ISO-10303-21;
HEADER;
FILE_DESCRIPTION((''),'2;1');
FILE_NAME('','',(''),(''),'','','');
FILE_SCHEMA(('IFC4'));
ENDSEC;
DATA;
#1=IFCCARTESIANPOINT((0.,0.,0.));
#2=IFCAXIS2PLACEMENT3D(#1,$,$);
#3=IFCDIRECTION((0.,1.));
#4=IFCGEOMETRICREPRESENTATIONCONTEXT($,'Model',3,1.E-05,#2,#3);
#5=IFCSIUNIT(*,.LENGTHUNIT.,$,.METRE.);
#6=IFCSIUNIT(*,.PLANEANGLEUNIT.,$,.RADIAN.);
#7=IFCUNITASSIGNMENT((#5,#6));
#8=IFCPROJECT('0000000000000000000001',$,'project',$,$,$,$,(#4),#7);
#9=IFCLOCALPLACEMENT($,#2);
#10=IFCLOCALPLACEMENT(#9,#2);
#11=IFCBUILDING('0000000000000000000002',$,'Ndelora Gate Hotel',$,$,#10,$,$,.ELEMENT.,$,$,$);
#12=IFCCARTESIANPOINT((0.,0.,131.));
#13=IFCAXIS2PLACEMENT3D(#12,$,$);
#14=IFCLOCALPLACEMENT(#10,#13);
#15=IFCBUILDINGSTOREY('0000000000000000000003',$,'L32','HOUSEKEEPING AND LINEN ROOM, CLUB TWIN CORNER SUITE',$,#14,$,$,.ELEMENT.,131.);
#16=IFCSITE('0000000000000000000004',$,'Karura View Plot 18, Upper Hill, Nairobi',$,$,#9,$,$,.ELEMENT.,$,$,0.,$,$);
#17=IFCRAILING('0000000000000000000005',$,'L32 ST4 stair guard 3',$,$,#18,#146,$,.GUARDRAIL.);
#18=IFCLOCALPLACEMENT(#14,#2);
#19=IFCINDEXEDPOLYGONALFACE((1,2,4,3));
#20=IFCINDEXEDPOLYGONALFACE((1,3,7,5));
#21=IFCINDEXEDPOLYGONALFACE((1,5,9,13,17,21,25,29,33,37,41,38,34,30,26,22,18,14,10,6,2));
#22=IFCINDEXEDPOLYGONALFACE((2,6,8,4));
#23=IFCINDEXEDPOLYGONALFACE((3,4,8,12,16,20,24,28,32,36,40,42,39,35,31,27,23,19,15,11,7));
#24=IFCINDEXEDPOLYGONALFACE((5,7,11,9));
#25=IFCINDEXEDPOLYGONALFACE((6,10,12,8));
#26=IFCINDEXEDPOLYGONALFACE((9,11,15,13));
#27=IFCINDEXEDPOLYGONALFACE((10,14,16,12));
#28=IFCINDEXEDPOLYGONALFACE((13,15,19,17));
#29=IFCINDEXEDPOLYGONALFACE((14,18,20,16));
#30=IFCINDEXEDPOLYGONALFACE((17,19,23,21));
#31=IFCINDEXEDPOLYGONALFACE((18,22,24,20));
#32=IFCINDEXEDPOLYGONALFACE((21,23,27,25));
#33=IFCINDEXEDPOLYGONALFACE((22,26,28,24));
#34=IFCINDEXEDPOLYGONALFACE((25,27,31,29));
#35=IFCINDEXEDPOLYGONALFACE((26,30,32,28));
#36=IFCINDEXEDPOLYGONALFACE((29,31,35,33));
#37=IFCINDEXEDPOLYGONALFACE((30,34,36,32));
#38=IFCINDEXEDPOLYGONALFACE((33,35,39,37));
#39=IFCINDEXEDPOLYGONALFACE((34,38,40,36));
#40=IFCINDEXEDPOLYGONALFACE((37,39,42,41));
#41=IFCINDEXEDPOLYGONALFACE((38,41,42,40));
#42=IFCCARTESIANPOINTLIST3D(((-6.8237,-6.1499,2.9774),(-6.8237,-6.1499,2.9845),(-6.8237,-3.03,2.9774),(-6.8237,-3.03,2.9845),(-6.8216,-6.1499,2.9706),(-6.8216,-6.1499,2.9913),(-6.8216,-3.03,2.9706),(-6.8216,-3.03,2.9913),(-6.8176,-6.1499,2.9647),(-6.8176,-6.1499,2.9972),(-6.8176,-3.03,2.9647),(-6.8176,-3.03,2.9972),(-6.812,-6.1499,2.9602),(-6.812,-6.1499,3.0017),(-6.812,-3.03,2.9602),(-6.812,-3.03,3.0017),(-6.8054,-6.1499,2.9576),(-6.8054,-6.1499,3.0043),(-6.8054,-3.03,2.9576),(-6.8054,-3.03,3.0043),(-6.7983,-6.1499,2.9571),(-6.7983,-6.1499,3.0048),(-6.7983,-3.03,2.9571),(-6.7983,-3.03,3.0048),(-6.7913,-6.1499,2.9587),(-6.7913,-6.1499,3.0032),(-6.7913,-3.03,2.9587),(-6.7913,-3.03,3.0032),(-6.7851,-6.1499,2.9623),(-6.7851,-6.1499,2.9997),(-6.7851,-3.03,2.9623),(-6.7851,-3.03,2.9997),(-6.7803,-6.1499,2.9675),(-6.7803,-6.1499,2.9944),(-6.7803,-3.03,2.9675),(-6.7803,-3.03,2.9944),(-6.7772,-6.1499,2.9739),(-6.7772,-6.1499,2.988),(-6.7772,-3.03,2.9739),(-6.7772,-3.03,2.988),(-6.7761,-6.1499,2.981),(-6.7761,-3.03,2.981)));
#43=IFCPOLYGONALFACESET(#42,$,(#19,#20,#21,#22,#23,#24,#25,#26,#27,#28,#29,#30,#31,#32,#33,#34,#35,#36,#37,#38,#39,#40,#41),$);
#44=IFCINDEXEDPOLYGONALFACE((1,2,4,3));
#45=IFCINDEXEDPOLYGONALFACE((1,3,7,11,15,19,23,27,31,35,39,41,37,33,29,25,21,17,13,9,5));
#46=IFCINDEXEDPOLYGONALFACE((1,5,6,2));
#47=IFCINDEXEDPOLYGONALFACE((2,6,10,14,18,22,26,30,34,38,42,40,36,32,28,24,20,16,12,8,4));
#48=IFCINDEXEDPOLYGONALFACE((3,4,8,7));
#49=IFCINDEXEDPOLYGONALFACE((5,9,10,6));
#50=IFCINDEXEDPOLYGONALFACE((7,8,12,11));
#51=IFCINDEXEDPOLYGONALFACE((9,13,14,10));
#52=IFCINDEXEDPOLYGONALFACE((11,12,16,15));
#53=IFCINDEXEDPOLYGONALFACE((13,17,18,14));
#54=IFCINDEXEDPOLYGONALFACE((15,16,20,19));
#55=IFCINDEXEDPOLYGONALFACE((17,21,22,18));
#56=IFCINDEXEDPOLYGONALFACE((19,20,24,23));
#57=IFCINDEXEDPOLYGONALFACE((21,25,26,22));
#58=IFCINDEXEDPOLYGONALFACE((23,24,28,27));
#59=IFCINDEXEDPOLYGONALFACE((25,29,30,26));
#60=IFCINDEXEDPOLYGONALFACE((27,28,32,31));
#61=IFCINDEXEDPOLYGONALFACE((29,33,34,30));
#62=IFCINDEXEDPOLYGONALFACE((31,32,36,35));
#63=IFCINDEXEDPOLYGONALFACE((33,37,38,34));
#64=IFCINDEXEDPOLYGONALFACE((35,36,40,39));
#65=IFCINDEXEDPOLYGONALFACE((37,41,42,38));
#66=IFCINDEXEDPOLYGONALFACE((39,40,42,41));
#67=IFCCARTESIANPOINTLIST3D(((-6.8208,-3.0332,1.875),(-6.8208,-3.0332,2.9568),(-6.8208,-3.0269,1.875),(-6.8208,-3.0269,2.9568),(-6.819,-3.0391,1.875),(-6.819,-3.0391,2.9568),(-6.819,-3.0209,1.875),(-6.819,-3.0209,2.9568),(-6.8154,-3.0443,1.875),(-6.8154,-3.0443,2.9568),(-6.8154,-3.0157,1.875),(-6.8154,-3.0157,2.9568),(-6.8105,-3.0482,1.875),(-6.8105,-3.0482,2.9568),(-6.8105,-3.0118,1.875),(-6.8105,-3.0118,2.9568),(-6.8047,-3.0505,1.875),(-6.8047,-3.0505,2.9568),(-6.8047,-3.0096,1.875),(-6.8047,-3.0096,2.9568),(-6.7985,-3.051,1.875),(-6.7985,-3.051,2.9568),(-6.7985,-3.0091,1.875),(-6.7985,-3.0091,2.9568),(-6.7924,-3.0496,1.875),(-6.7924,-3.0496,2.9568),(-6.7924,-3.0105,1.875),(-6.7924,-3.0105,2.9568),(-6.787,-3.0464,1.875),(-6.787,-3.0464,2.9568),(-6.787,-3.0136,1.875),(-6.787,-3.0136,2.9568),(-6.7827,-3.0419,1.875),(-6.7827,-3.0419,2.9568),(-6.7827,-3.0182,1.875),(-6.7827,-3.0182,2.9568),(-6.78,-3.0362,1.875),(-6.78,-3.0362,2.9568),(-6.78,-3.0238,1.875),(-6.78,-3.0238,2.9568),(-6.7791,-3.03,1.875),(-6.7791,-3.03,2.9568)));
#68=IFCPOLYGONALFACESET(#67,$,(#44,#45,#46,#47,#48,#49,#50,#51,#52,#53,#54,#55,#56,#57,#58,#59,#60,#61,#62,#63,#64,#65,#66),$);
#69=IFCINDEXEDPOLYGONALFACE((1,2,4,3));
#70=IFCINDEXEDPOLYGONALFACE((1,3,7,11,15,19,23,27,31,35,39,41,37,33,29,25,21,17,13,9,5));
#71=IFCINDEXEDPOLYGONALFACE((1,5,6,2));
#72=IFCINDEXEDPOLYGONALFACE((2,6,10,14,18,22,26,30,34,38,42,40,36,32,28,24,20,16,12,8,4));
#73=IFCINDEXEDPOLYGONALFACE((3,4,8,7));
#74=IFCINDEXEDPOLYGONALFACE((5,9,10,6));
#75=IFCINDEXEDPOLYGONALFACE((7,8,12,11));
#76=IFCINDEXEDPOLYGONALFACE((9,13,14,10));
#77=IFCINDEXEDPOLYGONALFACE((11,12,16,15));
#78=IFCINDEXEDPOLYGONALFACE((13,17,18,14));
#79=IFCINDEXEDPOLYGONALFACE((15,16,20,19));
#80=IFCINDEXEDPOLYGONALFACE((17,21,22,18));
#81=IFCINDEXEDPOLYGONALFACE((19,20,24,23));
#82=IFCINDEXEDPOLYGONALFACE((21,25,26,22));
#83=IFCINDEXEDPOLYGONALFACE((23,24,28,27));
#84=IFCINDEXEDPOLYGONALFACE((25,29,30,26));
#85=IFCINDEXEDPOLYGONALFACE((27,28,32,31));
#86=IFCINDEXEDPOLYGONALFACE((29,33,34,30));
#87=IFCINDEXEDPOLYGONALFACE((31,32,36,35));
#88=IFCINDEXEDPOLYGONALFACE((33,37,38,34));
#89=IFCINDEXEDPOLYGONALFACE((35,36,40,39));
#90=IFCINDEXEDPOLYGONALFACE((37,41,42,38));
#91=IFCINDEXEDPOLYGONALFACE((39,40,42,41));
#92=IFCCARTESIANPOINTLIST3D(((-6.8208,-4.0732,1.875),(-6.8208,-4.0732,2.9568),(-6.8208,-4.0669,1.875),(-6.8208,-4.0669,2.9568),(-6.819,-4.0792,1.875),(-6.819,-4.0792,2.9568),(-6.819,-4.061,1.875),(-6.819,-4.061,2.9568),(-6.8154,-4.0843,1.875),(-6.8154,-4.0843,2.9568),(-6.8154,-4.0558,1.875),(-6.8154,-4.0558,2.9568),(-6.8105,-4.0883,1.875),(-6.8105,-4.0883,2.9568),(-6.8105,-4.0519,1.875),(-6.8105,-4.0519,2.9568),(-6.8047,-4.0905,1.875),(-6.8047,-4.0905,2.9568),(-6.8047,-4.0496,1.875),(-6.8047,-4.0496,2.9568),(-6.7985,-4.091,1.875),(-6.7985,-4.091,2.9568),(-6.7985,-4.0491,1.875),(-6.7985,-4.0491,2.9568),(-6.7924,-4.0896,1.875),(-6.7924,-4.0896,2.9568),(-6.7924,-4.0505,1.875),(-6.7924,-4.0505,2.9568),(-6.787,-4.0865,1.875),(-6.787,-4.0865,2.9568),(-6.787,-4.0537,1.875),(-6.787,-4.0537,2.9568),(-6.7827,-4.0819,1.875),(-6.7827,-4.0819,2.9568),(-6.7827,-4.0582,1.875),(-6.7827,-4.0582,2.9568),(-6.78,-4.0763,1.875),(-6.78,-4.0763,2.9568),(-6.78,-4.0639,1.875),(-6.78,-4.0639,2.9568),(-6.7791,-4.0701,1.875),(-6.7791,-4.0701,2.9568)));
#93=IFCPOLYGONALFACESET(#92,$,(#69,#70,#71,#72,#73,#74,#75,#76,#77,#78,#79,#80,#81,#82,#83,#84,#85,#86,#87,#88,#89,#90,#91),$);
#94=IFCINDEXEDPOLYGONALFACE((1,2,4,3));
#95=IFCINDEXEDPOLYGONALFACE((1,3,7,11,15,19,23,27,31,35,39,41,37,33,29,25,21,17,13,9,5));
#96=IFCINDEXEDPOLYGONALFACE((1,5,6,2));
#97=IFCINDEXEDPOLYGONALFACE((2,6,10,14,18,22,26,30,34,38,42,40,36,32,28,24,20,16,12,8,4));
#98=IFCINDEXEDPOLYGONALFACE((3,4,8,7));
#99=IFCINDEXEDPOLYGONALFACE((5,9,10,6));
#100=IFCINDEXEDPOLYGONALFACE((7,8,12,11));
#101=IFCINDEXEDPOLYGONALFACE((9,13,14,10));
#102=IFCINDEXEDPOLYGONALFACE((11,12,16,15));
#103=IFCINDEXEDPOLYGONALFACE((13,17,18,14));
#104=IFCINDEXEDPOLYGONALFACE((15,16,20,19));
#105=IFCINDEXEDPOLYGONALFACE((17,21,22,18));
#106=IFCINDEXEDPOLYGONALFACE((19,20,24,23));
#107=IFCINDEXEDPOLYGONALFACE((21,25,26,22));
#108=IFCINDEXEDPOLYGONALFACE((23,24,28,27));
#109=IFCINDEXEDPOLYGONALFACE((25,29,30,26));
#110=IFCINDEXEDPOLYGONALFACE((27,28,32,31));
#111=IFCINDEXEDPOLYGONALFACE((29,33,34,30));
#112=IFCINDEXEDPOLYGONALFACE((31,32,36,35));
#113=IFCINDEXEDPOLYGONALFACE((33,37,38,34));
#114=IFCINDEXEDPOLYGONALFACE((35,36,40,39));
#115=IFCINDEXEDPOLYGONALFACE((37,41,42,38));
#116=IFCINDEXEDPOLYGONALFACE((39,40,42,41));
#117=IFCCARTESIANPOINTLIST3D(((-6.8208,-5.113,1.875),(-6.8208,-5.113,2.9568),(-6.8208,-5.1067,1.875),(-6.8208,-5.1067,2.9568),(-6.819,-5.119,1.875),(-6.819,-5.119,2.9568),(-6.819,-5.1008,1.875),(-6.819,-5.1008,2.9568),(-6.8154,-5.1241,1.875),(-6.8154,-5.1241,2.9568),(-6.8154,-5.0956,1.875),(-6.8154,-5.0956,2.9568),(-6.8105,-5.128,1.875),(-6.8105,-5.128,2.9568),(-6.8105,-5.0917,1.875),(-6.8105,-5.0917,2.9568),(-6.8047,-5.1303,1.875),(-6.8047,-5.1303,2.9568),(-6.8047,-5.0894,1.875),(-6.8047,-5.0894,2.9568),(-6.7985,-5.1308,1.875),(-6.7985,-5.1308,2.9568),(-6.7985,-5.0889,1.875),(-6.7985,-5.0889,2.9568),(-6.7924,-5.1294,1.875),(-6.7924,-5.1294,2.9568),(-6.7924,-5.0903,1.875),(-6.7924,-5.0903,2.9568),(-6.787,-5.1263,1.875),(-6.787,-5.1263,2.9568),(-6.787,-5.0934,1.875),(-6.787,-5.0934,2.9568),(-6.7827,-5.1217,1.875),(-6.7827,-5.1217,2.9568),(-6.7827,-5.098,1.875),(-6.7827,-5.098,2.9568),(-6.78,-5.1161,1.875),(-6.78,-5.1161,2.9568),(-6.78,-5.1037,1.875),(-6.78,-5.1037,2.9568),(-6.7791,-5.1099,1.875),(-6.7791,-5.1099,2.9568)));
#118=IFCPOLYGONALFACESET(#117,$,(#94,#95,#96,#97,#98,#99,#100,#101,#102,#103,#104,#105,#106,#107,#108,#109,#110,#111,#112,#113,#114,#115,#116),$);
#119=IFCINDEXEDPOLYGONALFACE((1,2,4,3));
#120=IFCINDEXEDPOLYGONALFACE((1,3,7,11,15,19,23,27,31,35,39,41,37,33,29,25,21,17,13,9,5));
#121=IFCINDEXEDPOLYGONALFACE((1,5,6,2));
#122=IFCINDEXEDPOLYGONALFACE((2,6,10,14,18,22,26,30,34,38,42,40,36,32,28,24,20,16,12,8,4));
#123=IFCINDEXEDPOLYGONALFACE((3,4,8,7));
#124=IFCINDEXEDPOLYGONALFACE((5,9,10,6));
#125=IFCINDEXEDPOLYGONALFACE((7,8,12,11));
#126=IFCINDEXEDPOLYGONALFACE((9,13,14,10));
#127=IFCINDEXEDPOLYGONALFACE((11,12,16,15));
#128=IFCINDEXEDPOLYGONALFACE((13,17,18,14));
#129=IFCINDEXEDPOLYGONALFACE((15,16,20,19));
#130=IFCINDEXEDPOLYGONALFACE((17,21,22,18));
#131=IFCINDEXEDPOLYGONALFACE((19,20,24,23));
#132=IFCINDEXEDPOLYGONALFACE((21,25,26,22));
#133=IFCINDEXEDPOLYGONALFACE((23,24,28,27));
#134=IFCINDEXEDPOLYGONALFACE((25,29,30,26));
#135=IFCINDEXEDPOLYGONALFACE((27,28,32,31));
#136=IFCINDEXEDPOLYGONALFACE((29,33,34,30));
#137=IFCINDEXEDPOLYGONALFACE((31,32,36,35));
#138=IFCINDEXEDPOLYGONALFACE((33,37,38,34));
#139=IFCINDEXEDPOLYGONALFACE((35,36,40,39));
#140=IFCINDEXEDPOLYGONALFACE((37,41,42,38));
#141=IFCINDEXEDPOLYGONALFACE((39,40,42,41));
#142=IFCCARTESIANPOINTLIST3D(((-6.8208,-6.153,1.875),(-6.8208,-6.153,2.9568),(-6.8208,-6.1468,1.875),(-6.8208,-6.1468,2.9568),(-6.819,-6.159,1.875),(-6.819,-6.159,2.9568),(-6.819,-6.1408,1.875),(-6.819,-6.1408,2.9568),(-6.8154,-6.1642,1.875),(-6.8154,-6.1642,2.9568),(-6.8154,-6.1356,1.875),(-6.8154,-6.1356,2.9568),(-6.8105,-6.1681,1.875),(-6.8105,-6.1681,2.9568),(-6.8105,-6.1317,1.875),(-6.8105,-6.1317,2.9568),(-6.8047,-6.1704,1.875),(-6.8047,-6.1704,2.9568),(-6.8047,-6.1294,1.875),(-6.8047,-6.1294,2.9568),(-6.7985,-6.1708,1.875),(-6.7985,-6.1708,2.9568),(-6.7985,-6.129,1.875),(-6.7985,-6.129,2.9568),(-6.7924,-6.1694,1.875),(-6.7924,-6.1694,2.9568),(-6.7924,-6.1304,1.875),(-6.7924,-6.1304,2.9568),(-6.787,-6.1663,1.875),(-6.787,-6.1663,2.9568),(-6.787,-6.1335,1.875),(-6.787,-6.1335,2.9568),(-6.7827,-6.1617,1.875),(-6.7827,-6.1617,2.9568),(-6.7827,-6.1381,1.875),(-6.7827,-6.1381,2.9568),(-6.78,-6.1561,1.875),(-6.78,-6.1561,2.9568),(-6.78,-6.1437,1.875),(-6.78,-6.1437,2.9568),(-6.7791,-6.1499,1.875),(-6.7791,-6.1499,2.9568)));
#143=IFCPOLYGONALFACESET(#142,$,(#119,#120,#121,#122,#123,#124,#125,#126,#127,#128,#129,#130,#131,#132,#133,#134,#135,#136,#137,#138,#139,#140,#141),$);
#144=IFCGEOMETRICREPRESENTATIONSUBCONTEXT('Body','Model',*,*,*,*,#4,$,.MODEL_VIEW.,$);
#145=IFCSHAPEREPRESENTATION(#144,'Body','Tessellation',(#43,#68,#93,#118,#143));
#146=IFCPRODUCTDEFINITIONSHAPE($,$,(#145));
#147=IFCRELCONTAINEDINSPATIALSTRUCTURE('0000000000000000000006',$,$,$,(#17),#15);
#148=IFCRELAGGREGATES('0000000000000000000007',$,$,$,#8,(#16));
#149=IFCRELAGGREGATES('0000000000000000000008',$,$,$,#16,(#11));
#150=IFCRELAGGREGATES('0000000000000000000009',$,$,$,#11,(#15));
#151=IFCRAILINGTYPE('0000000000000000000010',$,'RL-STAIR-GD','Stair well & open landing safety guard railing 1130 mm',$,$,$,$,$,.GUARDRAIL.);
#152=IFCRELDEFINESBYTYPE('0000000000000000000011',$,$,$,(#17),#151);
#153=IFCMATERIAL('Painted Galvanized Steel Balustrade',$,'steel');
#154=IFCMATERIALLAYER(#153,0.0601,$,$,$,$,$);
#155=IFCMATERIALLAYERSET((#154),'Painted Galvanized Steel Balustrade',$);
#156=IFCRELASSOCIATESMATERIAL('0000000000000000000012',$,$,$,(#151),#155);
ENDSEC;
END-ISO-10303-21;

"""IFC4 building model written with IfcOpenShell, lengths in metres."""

from ifc_helpers import new_model, si_unit, direction, frame, origin, origin_2d, place, context, subcontext, project, spatial, circle, extrude, material, layer, layer_set, type_object, element, save


model = new_model("IFC4")

# Units and contexts
model_context = context("Model", 3, precision=1e-05, world=origin(), true_north=direction((0.0, 1.0)))
body_context = subcontext(model_context, "Body", "Model", "MODEL_VIEW")
ifc_project = project(units=[si_unit("LENGTHUNIT", "METRE"), si_unit("PLANEANGLEUNIT", "RADIAN")], contexts=[model_context])

# Site, building, storey
site_placement = place(None, origin())
site = spatial("IfcSite", under=ifc_project, at=site_placement, Name="Karura View Plot 18, Upper Hill, Nairobi", CompositionType="ELEMENT", RefElevation=0.0)
building_placement = place(site_placement, origin())
building = spatial("IfcBuilding", under=site, at=building_placement, Name="Ndelora Gate Hotel", CompositionType="ELEMENT")
storey_placement = place(building_placement, frame((0.0, 0.0, 131.0)))
storey = spatial("IfcBuildingStorey", under=building, at=storey_placement, Name="L32", Description="HOUSEKEEPING AND LINEN ROOM, CLUB TWIN CORNER SUITE", CompositionType="ELEMENT", Elevation=131.0)

# Railing
ifc_material_1 = material(Name="Painted Galvanized Steel Balustrade", Category="steel")
ifc_layer_1 = layer(ifc_material_1, 0.0601)
ifc_layer_set_1 = layer_set([ifc_layer_1], Name="Painted Galvanized Steel Balustrade")
railing_type_1 = type_object("IfcRailingType", Name="RL-STAIR-GD", Description="Stair well & open landing safety guard railing 1130 mm", PredefinedType="GUARDRAIL", material=ifc_layer_set_1)
for number, where, name in (
    (1, (-6.8, -3.03, 1.875), "L32 ST4 stair guard 3"),
):
    element("IfcRailing", number, at=place(storey_placement, frame(where)), inside=storey, type_object=railing_type_1, Name=name, PredefinedType="GUARDRAIL", context=body_context, shape_type="SweptSolid", body=[
        extrude(circle(Radius=0.0239, at=origin_2d()), frame((0.0, 0.0, 1.106), z_axis=(0.0, -1.0, 0.0), x_axis=(1.0, 0.0, 0.0)), (0.0, 0.0, 1.0), 3.1199),
        extrude(circle(Radius=0.021, at=origin_2d()), origin(), (0.0, 0.0, 1.0), 1.0818),
        extrude(circle(Radius=0.021, at=origin_2d()), frame((0.0, -1.04, 0.0)), (0.0, 0.0, 1.0), 1.0818),
        extrude(circle(Radius=0.021, at=origin_2d()), frame((0.0, -2.0798, 0.0)), (0.0, 0.0, 1.0), 1.0818),
        extrude(circle(Radius=0.021, at=origin_2d()), frame((0.0, -3.1199, 0.0)), (0.0, 0.0, 1.0), 1.0818),
    ])

save(model, "model.ifc")
